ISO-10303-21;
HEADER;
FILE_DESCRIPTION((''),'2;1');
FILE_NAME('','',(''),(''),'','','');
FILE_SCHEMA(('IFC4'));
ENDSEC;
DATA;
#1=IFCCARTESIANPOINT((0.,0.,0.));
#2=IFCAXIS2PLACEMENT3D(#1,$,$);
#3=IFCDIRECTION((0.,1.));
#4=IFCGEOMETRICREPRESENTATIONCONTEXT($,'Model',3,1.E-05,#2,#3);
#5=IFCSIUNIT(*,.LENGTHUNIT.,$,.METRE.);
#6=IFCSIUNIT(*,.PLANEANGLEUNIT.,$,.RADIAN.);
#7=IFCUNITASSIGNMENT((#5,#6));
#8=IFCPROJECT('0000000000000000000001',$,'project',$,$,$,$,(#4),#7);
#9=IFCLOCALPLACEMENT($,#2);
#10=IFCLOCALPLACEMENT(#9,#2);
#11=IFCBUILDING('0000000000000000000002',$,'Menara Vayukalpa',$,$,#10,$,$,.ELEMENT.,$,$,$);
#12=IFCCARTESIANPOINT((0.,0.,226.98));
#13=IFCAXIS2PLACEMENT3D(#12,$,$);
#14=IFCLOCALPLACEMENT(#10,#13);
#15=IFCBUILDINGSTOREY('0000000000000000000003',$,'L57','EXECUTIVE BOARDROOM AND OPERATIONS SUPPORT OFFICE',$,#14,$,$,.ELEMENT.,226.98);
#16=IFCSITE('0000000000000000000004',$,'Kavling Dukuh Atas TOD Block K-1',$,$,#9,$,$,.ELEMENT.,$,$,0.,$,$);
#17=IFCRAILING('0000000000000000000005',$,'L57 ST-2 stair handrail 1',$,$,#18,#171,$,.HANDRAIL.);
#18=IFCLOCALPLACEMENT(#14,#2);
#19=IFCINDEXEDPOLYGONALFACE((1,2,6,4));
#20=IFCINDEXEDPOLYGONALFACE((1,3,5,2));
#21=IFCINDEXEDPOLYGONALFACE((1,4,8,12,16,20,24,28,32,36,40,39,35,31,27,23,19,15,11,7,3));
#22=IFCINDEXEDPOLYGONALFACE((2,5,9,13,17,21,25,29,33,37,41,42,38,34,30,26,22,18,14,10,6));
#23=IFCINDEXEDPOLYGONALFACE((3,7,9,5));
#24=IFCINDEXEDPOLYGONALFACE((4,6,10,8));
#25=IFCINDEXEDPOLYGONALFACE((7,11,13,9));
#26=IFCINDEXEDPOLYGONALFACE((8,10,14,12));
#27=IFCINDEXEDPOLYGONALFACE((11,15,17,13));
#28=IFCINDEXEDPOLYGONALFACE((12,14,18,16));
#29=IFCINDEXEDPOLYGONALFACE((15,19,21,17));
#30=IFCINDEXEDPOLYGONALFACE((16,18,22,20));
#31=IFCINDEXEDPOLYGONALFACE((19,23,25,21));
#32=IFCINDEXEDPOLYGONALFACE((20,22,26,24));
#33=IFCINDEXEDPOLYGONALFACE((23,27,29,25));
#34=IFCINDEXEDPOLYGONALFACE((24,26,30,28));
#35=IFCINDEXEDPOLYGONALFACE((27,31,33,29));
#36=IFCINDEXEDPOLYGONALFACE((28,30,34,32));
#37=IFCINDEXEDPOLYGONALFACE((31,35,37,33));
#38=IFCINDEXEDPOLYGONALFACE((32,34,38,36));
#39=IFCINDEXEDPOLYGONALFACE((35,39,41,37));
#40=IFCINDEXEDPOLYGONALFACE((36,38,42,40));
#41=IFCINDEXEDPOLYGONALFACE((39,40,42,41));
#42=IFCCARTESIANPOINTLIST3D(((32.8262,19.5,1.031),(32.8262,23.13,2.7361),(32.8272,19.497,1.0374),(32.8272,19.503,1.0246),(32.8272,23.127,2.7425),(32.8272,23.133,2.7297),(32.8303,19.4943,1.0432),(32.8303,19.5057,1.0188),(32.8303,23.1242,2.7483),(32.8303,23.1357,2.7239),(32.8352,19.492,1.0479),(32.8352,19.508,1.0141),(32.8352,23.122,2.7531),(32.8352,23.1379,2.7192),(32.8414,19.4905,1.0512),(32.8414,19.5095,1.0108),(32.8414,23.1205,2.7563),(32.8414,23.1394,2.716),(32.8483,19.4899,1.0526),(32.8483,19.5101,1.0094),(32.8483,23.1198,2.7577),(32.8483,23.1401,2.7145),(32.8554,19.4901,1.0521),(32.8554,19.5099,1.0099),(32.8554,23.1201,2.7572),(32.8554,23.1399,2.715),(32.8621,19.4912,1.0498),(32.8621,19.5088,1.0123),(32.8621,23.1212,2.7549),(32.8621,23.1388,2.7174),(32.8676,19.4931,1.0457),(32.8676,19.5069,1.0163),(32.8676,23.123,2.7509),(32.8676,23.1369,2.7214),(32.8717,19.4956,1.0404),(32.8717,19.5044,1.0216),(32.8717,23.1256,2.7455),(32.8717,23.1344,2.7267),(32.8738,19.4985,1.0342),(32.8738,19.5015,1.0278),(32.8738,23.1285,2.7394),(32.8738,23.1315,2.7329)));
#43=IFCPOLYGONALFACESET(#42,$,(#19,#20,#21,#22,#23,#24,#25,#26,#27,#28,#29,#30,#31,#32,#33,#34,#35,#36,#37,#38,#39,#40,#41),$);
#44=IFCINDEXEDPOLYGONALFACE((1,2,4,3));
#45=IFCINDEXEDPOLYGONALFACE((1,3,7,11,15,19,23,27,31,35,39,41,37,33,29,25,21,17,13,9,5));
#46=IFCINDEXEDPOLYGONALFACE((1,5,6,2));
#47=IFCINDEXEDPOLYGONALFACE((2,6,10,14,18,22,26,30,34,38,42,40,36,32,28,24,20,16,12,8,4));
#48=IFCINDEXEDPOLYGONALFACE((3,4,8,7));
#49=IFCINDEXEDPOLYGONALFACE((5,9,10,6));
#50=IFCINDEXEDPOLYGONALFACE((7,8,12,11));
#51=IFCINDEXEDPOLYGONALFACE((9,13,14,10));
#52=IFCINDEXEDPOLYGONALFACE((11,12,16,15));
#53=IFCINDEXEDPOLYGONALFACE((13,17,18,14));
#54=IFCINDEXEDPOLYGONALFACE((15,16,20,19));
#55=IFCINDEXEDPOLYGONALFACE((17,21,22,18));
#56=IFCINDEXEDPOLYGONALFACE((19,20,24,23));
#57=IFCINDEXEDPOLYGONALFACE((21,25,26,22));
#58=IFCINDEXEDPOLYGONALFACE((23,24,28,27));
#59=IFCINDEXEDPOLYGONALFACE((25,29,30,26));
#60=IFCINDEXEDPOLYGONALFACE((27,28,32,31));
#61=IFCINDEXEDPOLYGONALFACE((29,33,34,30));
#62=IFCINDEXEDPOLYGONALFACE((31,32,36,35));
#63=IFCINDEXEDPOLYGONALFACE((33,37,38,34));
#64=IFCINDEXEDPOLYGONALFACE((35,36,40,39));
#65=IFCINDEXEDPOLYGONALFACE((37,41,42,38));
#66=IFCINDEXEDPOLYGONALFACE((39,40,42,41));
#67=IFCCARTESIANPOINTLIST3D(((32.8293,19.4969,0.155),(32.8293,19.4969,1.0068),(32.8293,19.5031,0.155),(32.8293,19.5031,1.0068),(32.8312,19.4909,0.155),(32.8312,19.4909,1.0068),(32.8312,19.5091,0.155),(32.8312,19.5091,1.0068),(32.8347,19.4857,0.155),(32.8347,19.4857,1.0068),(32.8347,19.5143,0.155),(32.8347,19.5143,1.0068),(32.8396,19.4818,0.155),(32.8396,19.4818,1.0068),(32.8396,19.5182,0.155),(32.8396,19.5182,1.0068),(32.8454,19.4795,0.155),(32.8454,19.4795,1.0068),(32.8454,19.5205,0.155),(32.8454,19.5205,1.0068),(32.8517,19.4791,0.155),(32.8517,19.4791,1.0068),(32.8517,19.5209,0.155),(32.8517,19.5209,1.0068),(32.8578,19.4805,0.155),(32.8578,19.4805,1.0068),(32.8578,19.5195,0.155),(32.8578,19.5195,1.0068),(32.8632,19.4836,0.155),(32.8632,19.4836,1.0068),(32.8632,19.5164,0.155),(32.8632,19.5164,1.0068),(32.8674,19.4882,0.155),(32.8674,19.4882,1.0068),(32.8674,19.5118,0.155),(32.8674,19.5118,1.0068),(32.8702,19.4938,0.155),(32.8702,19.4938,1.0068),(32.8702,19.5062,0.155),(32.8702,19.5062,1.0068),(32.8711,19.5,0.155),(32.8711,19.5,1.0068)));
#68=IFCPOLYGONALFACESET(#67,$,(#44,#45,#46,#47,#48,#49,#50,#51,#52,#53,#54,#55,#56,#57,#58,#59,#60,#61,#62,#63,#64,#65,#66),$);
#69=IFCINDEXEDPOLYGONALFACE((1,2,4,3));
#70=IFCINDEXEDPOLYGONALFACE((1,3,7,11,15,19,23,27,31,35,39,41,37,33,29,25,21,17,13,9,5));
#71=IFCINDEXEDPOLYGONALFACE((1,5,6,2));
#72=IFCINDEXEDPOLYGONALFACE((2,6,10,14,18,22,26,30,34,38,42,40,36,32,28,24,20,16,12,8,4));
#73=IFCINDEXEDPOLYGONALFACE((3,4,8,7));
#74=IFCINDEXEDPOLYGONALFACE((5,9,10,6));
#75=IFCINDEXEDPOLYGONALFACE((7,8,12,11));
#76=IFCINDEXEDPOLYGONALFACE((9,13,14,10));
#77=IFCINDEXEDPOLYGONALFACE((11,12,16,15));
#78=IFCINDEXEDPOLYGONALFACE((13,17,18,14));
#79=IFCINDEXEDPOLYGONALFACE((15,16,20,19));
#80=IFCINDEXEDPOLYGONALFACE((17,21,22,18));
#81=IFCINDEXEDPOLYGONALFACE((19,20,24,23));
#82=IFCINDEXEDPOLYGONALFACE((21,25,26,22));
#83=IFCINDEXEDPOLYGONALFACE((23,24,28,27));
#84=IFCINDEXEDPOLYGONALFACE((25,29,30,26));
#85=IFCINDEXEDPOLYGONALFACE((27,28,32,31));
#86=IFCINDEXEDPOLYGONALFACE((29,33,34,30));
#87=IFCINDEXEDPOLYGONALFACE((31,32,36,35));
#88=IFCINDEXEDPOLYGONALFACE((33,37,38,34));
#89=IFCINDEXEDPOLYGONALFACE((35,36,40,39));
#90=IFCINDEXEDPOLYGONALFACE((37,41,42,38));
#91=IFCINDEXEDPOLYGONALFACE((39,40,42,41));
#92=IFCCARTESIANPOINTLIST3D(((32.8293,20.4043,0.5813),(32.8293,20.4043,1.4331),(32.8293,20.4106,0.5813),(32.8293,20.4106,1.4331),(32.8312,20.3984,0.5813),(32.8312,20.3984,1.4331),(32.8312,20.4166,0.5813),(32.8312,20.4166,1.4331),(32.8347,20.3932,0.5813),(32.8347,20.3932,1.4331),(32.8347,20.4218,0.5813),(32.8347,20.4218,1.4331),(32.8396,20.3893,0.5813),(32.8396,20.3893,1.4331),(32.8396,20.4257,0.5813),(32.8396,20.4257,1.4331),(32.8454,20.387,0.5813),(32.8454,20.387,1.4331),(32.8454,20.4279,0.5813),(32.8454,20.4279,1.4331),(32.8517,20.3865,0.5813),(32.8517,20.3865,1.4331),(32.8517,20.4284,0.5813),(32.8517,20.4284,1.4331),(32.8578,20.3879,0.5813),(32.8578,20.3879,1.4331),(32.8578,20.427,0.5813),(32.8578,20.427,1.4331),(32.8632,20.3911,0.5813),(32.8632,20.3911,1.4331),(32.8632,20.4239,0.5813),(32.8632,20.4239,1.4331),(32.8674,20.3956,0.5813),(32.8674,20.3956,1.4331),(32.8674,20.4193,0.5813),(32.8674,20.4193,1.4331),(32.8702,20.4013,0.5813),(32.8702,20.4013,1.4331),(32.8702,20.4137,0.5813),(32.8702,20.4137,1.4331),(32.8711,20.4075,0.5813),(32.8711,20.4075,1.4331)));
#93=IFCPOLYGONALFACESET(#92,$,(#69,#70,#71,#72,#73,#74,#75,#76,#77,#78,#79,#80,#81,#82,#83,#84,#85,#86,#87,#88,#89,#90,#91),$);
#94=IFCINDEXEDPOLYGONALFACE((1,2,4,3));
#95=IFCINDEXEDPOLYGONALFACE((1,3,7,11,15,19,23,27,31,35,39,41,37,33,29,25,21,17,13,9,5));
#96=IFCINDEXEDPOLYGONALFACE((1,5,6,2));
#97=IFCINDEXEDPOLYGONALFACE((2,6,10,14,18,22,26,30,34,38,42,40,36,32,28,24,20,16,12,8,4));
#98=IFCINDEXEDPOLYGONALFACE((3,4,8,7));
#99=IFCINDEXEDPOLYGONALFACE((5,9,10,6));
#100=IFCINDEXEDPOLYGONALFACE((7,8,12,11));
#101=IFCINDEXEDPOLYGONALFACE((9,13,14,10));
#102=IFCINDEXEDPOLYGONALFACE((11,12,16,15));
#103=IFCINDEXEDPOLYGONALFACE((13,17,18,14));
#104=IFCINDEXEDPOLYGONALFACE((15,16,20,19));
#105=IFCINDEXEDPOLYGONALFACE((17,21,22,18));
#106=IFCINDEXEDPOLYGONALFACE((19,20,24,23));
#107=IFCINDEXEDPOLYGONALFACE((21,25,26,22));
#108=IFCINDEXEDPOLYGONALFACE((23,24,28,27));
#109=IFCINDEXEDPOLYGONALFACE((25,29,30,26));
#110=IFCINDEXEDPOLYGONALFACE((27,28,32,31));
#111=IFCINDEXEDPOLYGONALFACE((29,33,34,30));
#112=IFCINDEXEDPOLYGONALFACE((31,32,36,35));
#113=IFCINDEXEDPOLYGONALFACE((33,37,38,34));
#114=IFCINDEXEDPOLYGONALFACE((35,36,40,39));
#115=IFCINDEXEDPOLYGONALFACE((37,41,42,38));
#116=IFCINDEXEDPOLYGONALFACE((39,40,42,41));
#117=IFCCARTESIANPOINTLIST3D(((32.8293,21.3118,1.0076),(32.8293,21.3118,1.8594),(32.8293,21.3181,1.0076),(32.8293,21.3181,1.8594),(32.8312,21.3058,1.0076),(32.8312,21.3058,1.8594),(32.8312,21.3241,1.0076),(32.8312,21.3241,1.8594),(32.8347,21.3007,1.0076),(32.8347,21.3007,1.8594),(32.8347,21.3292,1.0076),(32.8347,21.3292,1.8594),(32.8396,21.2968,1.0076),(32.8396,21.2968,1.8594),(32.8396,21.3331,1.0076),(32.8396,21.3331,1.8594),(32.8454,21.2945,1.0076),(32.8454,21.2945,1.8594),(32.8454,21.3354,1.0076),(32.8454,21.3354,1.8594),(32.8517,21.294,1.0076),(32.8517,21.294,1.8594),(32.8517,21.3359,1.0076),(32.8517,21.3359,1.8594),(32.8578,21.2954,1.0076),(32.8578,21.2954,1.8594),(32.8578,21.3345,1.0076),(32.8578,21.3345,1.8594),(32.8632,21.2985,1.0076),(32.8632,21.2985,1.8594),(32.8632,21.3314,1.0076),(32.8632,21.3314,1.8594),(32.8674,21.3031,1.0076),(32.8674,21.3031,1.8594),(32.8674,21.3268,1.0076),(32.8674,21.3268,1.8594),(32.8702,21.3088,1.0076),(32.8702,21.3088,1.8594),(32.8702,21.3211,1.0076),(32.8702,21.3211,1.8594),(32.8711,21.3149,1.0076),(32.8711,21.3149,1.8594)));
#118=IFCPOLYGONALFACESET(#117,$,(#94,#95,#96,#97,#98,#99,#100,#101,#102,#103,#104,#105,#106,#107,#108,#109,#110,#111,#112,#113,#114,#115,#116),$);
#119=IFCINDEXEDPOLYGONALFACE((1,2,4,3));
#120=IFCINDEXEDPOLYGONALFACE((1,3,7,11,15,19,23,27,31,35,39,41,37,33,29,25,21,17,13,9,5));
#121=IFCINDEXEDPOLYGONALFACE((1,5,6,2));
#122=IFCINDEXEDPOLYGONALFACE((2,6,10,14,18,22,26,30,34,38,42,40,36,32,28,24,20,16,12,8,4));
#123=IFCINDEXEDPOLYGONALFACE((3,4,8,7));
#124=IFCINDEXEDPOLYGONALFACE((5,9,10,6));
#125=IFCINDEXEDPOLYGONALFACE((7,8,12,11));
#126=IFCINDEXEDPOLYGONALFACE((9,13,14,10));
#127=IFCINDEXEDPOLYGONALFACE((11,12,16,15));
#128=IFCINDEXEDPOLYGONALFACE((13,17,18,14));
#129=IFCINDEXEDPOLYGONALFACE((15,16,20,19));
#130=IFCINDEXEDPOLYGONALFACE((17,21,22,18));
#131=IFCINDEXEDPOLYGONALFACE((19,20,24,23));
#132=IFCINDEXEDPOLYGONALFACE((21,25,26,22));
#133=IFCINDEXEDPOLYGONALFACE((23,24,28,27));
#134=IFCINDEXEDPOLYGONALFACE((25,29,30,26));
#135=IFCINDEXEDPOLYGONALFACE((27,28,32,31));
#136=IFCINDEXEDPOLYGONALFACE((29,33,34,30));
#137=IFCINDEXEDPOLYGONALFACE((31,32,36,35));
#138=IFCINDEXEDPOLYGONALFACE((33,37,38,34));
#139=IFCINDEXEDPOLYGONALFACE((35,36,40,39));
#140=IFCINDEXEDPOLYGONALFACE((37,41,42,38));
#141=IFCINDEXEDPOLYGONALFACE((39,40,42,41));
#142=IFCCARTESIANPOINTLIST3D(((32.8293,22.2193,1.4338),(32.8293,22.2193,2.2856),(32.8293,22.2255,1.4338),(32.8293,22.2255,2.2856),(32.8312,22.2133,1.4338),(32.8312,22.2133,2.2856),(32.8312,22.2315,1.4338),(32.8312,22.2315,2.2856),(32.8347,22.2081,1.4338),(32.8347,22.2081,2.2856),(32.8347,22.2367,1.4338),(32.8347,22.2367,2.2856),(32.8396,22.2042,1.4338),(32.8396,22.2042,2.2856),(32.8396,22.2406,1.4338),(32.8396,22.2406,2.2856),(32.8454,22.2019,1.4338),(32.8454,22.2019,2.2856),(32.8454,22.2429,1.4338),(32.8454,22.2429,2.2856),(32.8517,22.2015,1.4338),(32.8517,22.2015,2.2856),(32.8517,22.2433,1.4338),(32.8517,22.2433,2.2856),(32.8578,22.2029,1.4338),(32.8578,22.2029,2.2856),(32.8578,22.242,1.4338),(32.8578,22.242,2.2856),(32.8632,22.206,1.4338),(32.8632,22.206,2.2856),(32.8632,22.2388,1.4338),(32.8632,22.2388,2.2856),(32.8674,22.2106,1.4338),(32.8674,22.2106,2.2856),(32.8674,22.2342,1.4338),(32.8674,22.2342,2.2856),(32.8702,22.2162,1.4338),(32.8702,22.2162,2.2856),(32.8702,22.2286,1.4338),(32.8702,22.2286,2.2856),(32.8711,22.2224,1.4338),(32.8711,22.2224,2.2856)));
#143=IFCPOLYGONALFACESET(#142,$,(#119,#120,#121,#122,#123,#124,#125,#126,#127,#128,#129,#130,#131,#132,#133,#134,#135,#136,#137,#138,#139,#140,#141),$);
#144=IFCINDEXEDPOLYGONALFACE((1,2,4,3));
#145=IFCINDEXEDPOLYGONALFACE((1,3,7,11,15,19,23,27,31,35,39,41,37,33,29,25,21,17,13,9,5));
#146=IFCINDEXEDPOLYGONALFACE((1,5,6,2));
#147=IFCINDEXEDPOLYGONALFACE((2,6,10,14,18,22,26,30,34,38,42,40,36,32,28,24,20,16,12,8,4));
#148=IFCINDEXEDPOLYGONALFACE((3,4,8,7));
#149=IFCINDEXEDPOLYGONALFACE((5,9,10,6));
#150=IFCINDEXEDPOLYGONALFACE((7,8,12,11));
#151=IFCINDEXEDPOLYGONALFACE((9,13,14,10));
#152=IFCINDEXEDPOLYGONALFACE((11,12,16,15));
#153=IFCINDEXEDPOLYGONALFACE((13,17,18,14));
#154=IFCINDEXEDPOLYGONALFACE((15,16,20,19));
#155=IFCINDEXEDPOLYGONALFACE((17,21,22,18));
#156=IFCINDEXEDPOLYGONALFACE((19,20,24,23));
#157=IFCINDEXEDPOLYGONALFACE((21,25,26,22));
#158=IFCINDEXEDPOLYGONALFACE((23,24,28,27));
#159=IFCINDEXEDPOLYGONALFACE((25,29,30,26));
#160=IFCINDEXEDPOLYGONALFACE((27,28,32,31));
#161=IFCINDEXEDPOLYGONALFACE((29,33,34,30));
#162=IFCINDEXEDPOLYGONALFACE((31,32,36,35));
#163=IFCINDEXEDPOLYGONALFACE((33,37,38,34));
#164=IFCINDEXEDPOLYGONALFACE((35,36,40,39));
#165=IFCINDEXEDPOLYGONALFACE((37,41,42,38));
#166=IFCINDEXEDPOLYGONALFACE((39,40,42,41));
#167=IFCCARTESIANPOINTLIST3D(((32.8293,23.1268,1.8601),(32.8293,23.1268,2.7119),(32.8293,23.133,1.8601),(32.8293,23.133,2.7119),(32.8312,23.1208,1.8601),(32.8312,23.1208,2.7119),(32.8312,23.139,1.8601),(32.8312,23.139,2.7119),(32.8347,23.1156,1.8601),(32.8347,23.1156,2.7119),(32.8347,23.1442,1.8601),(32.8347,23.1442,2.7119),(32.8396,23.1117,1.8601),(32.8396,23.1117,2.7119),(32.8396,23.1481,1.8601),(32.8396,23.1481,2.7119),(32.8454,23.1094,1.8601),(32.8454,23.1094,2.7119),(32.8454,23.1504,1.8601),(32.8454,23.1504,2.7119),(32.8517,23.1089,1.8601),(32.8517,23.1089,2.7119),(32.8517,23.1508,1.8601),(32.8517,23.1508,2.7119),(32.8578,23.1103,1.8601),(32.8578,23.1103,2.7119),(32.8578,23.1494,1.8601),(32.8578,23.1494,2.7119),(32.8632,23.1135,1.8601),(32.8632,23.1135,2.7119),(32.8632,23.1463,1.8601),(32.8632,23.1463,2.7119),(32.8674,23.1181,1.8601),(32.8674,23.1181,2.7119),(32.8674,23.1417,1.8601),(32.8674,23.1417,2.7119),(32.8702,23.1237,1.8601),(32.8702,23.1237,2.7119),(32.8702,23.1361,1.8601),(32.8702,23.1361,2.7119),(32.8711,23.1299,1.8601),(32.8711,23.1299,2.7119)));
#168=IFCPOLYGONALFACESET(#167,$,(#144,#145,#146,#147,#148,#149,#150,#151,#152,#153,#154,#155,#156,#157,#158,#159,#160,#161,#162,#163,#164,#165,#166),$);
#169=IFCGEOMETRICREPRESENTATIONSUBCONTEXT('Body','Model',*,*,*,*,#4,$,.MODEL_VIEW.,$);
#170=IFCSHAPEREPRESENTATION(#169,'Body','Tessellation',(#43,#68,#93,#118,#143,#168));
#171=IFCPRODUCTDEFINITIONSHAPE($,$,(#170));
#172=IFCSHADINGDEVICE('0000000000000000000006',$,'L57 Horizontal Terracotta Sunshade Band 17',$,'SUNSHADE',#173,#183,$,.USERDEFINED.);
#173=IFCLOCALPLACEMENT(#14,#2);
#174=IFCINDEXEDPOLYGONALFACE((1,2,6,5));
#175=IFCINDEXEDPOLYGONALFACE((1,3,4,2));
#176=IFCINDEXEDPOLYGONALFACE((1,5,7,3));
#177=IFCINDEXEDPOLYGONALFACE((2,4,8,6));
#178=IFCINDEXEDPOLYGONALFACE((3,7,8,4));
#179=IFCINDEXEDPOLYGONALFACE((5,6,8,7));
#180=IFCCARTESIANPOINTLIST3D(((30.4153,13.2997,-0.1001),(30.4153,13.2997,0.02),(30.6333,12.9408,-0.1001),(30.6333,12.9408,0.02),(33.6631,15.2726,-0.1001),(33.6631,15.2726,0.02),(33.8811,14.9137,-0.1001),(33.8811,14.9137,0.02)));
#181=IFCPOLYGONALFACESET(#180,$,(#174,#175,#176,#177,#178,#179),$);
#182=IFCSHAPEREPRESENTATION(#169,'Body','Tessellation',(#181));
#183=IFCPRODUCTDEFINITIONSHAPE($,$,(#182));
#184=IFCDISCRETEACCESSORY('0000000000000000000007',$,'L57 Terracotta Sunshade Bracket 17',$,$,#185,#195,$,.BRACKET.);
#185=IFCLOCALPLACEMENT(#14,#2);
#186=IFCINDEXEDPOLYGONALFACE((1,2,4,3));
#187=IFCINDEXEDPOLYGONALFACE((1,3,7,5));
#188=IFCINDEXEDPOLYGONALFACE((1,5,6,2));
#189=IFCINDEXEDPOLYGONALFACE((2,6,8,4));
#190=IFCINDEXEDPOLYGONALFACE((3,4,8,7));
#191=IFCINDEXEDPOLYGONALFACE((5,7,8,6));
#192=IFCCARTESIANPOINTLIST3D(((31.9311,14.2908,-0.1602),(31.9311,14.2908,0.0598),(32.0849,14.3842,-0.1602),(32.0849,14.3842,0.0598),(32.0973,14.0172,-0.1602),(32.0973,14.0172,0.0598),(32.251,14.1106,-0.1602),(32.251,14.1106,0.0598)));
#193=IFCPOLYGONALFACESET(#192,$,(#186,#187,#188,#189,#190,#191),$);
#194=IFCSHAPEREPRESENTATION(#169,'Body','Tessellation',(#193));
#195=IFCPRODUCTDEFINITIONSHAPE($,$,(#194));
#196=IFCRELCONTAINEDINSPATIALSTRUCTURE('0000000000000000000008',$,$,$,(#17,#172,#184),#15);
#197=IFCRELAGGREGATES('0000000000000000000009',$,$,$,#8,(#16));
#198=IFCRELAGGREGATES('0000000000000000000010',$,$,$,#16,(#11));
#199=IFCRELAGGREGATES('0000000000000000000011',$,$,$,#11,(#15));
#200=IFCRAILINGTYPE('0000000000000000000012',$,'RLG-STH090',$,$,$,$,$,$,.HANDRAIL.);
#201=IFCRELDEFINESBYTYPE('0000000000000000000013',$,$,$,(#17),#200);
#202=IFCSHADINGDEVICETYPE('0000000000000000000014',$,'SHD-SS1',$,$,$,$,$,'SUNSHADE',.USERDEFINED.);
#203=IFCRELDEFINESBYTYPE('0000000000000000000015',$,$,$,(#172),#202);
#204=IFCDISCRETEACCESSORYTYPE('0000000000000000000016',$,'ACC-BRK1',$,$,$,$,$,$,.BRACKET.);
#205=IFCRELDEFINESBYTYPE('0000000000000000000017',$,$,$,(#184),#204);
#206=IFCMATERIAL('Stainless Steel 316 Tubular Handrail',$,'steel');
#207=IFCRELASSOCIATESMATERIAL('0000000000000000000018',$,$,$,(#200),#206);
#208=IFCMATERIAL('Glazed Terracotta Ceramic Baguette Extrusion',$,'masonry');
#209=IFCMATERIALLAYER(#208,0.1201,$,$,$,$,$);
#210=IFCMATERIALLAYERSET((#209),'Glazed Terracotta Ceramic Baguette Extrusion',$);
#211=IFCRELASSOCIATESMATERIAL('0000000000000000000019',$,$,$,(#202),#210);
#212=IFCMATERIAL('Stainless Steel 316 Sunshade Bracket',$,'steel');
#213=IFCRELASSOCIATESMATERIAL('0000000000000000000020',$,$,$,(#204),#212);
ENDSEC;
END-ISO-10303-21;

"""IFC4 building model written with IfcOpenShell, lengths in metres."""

from ifc_helpers import new_model, si_unit, direction, frame, origin, origin_2d, place, context, subcontext, project, spatial, rectangle, circle, extrude, material, layer, layer_set, type_object, element, save


model = new_model("IFC4")

# Units and contexts
model_context = context("Model", 3, precision=1e-05, world=origin(), true_north=direction((0.0, 1.0)))
body_context = subcontext(model_context, "Body", "Model", "MODEL_VIEW")
ifc_project = project(units=[si_unit("LENGTHUNIT", "METRE"), si_unit("PLANEANGLEUNIT", "RADIAN")], contexts=[model_context])

# Site, building, storey
site_placement = place(None, origin())
site = spatial("IfcSite", under=ifc_project, at=site_placement, Name="Kavling Dukuh Atas TOD Block K-1", CompositionType="ELEMENT", RefElevation=0.0)
building_placement = place(site_placement, origin())
building = spatial("IfcBuilding", under=site, at=building_placement, Name="Menara Vayukalpa", CompositionType="ELEMENT")
storey_placement = place(building_placement, frame((0.0, 0.0, 226.98)))
storey = spatial("IfcBuildingStorey", under=building, at=storey_placement, Name="L57", Description="EXECUTIVE BOARDROOM AND OPERATIONS SUPPORT OFFICE", CompositionType="ELEMENT", Elevation=226.98)

# Railing
ifc_material_1 = material(Name="Stainless Steel 316 Tubular Handrail", Category="steel")
railing_type_1 = type_object("IfcRailingType", Name="RLG-STH090", PredefinedType="HANDRAIL", material=ifc_material_1)
railing_1_placement = place(storey_placement, frame((32.8501, 19.5, 0.155)))
element("IfcRailing", 1, at=railing_1_placement, inside=storey, type_object=railing_type_1, Name="L57 ST-2 stair handrail 1", PredefinedType="HANDRAIL", context=body_context, shape_type="SweptSolid", body=[
    extrude(circle(Radius=0.0239, at=origin_2d()), frame((0.0, 0.0, 0.876), z_axis=(0.0, 0.905116, 0.425164), x_axis=(-1.0, 0.0, 0.0)), (0.0, 0.0, 1.0), 4.0105),
    extrude(circle(Radius=0.021, at=origin_2d()), origin(), (0.0, 0.0, 1.0), 0.8518),
    extrude(circle(Radius=0.021, at=origin_2d()), frame((0.0, 0.9075, 0.4263)), (0.0, 0.0, 1.0), 0.8518),
    extrude(circle(Radius=0.021, at=origin_2d()), frame((0.0, 1.8149, 0.8525)), (0.0, 0.0, 1.0), 0.8518),
    extrude(circle(Radius=0.021, at=origin_2d()), frame((0.0, 2.7224, 1.2788)), (0.0, 0.0, 1.0), 0.8518),
    extrude(circle(Radius=0.021, at=origin_2d()), frame((0.0, 3.6299, 1.7051)), (0.0, 0.0, 1.0), 0.8518),
])

# Shading device
ifc_material_2 = material(Name="Glazed Terracotta Ceramic Baguette Extrusion", Category="masonry")
ifc_layer_1 = layer(ifc_material_2, 0.1201)
ifc_layer_set_1 = layer_set([ifc_layer_1], Name="Glazed Terracotta Ceramic Baguette Extrusion")
shading_device_type = type_object("IfcShadingDeviceType", Name="SHD-SS1", ElementType="SUNSHADE", PredefinedType="USERDEFINED", material=ifc_layer_set_1)
shading_device_placement = place(storey_placement, frame((32.1482, 14.1067, -0.1001), z_axis=(0.0, 0.0, 1.0), x_axis=(0.854667, 0.519176, 0.0)))
element("IfcShadingDevice", 2, at=shading_device_placement, inside=storey, type_object=shading_device_type, Name="L57 Horizontal Terracotta Sunshade Band 17", ObjectType="SUNSHADE", PredefinedType="USERDEFINED", context=body_context, shape_type="SweptSolid", body=[
    extrude(rectangle(XDim=3.8, YDim=0.4199, at=origin_2d()), origin(), (0.0, 0.0, 1.0), 0.1201),
])

# Discrete accessory
ifc_material_3 = material(Name="Stainless Steel 316 Sunshade Bracket", Category="steel")
discrete_accessory_type = type_object("IfcDiscreteAccessoryType", Name="ACC-BRK1", PredefinedType="BRACKET", material=ifc_material_3)
discrete_accessory_placement = place(storey_placement, frame((32.0911, 14.2007, -0.1602), z_axis=(0.0, 0.0, 1.0), x_axis=(0.854667, 0.519176, 0.0)))
element("IfcDiscreteAccessory", 3, at=discrete_accessory_placement, inside=storey, type_object=discrete_accessory_type, Name="L57 Terracotta Sunshade Bracket 17", PredefinedType="BRACKET", context=body_context, shape_type="SweptSolid", body=[
    extrude(rectangle(XDim=0.1799, YDim=0.3201, at=origin_2d()), origin(), (0.0, 0.0, 1.0), 0.22),
])

save(model, "model.ifc")
